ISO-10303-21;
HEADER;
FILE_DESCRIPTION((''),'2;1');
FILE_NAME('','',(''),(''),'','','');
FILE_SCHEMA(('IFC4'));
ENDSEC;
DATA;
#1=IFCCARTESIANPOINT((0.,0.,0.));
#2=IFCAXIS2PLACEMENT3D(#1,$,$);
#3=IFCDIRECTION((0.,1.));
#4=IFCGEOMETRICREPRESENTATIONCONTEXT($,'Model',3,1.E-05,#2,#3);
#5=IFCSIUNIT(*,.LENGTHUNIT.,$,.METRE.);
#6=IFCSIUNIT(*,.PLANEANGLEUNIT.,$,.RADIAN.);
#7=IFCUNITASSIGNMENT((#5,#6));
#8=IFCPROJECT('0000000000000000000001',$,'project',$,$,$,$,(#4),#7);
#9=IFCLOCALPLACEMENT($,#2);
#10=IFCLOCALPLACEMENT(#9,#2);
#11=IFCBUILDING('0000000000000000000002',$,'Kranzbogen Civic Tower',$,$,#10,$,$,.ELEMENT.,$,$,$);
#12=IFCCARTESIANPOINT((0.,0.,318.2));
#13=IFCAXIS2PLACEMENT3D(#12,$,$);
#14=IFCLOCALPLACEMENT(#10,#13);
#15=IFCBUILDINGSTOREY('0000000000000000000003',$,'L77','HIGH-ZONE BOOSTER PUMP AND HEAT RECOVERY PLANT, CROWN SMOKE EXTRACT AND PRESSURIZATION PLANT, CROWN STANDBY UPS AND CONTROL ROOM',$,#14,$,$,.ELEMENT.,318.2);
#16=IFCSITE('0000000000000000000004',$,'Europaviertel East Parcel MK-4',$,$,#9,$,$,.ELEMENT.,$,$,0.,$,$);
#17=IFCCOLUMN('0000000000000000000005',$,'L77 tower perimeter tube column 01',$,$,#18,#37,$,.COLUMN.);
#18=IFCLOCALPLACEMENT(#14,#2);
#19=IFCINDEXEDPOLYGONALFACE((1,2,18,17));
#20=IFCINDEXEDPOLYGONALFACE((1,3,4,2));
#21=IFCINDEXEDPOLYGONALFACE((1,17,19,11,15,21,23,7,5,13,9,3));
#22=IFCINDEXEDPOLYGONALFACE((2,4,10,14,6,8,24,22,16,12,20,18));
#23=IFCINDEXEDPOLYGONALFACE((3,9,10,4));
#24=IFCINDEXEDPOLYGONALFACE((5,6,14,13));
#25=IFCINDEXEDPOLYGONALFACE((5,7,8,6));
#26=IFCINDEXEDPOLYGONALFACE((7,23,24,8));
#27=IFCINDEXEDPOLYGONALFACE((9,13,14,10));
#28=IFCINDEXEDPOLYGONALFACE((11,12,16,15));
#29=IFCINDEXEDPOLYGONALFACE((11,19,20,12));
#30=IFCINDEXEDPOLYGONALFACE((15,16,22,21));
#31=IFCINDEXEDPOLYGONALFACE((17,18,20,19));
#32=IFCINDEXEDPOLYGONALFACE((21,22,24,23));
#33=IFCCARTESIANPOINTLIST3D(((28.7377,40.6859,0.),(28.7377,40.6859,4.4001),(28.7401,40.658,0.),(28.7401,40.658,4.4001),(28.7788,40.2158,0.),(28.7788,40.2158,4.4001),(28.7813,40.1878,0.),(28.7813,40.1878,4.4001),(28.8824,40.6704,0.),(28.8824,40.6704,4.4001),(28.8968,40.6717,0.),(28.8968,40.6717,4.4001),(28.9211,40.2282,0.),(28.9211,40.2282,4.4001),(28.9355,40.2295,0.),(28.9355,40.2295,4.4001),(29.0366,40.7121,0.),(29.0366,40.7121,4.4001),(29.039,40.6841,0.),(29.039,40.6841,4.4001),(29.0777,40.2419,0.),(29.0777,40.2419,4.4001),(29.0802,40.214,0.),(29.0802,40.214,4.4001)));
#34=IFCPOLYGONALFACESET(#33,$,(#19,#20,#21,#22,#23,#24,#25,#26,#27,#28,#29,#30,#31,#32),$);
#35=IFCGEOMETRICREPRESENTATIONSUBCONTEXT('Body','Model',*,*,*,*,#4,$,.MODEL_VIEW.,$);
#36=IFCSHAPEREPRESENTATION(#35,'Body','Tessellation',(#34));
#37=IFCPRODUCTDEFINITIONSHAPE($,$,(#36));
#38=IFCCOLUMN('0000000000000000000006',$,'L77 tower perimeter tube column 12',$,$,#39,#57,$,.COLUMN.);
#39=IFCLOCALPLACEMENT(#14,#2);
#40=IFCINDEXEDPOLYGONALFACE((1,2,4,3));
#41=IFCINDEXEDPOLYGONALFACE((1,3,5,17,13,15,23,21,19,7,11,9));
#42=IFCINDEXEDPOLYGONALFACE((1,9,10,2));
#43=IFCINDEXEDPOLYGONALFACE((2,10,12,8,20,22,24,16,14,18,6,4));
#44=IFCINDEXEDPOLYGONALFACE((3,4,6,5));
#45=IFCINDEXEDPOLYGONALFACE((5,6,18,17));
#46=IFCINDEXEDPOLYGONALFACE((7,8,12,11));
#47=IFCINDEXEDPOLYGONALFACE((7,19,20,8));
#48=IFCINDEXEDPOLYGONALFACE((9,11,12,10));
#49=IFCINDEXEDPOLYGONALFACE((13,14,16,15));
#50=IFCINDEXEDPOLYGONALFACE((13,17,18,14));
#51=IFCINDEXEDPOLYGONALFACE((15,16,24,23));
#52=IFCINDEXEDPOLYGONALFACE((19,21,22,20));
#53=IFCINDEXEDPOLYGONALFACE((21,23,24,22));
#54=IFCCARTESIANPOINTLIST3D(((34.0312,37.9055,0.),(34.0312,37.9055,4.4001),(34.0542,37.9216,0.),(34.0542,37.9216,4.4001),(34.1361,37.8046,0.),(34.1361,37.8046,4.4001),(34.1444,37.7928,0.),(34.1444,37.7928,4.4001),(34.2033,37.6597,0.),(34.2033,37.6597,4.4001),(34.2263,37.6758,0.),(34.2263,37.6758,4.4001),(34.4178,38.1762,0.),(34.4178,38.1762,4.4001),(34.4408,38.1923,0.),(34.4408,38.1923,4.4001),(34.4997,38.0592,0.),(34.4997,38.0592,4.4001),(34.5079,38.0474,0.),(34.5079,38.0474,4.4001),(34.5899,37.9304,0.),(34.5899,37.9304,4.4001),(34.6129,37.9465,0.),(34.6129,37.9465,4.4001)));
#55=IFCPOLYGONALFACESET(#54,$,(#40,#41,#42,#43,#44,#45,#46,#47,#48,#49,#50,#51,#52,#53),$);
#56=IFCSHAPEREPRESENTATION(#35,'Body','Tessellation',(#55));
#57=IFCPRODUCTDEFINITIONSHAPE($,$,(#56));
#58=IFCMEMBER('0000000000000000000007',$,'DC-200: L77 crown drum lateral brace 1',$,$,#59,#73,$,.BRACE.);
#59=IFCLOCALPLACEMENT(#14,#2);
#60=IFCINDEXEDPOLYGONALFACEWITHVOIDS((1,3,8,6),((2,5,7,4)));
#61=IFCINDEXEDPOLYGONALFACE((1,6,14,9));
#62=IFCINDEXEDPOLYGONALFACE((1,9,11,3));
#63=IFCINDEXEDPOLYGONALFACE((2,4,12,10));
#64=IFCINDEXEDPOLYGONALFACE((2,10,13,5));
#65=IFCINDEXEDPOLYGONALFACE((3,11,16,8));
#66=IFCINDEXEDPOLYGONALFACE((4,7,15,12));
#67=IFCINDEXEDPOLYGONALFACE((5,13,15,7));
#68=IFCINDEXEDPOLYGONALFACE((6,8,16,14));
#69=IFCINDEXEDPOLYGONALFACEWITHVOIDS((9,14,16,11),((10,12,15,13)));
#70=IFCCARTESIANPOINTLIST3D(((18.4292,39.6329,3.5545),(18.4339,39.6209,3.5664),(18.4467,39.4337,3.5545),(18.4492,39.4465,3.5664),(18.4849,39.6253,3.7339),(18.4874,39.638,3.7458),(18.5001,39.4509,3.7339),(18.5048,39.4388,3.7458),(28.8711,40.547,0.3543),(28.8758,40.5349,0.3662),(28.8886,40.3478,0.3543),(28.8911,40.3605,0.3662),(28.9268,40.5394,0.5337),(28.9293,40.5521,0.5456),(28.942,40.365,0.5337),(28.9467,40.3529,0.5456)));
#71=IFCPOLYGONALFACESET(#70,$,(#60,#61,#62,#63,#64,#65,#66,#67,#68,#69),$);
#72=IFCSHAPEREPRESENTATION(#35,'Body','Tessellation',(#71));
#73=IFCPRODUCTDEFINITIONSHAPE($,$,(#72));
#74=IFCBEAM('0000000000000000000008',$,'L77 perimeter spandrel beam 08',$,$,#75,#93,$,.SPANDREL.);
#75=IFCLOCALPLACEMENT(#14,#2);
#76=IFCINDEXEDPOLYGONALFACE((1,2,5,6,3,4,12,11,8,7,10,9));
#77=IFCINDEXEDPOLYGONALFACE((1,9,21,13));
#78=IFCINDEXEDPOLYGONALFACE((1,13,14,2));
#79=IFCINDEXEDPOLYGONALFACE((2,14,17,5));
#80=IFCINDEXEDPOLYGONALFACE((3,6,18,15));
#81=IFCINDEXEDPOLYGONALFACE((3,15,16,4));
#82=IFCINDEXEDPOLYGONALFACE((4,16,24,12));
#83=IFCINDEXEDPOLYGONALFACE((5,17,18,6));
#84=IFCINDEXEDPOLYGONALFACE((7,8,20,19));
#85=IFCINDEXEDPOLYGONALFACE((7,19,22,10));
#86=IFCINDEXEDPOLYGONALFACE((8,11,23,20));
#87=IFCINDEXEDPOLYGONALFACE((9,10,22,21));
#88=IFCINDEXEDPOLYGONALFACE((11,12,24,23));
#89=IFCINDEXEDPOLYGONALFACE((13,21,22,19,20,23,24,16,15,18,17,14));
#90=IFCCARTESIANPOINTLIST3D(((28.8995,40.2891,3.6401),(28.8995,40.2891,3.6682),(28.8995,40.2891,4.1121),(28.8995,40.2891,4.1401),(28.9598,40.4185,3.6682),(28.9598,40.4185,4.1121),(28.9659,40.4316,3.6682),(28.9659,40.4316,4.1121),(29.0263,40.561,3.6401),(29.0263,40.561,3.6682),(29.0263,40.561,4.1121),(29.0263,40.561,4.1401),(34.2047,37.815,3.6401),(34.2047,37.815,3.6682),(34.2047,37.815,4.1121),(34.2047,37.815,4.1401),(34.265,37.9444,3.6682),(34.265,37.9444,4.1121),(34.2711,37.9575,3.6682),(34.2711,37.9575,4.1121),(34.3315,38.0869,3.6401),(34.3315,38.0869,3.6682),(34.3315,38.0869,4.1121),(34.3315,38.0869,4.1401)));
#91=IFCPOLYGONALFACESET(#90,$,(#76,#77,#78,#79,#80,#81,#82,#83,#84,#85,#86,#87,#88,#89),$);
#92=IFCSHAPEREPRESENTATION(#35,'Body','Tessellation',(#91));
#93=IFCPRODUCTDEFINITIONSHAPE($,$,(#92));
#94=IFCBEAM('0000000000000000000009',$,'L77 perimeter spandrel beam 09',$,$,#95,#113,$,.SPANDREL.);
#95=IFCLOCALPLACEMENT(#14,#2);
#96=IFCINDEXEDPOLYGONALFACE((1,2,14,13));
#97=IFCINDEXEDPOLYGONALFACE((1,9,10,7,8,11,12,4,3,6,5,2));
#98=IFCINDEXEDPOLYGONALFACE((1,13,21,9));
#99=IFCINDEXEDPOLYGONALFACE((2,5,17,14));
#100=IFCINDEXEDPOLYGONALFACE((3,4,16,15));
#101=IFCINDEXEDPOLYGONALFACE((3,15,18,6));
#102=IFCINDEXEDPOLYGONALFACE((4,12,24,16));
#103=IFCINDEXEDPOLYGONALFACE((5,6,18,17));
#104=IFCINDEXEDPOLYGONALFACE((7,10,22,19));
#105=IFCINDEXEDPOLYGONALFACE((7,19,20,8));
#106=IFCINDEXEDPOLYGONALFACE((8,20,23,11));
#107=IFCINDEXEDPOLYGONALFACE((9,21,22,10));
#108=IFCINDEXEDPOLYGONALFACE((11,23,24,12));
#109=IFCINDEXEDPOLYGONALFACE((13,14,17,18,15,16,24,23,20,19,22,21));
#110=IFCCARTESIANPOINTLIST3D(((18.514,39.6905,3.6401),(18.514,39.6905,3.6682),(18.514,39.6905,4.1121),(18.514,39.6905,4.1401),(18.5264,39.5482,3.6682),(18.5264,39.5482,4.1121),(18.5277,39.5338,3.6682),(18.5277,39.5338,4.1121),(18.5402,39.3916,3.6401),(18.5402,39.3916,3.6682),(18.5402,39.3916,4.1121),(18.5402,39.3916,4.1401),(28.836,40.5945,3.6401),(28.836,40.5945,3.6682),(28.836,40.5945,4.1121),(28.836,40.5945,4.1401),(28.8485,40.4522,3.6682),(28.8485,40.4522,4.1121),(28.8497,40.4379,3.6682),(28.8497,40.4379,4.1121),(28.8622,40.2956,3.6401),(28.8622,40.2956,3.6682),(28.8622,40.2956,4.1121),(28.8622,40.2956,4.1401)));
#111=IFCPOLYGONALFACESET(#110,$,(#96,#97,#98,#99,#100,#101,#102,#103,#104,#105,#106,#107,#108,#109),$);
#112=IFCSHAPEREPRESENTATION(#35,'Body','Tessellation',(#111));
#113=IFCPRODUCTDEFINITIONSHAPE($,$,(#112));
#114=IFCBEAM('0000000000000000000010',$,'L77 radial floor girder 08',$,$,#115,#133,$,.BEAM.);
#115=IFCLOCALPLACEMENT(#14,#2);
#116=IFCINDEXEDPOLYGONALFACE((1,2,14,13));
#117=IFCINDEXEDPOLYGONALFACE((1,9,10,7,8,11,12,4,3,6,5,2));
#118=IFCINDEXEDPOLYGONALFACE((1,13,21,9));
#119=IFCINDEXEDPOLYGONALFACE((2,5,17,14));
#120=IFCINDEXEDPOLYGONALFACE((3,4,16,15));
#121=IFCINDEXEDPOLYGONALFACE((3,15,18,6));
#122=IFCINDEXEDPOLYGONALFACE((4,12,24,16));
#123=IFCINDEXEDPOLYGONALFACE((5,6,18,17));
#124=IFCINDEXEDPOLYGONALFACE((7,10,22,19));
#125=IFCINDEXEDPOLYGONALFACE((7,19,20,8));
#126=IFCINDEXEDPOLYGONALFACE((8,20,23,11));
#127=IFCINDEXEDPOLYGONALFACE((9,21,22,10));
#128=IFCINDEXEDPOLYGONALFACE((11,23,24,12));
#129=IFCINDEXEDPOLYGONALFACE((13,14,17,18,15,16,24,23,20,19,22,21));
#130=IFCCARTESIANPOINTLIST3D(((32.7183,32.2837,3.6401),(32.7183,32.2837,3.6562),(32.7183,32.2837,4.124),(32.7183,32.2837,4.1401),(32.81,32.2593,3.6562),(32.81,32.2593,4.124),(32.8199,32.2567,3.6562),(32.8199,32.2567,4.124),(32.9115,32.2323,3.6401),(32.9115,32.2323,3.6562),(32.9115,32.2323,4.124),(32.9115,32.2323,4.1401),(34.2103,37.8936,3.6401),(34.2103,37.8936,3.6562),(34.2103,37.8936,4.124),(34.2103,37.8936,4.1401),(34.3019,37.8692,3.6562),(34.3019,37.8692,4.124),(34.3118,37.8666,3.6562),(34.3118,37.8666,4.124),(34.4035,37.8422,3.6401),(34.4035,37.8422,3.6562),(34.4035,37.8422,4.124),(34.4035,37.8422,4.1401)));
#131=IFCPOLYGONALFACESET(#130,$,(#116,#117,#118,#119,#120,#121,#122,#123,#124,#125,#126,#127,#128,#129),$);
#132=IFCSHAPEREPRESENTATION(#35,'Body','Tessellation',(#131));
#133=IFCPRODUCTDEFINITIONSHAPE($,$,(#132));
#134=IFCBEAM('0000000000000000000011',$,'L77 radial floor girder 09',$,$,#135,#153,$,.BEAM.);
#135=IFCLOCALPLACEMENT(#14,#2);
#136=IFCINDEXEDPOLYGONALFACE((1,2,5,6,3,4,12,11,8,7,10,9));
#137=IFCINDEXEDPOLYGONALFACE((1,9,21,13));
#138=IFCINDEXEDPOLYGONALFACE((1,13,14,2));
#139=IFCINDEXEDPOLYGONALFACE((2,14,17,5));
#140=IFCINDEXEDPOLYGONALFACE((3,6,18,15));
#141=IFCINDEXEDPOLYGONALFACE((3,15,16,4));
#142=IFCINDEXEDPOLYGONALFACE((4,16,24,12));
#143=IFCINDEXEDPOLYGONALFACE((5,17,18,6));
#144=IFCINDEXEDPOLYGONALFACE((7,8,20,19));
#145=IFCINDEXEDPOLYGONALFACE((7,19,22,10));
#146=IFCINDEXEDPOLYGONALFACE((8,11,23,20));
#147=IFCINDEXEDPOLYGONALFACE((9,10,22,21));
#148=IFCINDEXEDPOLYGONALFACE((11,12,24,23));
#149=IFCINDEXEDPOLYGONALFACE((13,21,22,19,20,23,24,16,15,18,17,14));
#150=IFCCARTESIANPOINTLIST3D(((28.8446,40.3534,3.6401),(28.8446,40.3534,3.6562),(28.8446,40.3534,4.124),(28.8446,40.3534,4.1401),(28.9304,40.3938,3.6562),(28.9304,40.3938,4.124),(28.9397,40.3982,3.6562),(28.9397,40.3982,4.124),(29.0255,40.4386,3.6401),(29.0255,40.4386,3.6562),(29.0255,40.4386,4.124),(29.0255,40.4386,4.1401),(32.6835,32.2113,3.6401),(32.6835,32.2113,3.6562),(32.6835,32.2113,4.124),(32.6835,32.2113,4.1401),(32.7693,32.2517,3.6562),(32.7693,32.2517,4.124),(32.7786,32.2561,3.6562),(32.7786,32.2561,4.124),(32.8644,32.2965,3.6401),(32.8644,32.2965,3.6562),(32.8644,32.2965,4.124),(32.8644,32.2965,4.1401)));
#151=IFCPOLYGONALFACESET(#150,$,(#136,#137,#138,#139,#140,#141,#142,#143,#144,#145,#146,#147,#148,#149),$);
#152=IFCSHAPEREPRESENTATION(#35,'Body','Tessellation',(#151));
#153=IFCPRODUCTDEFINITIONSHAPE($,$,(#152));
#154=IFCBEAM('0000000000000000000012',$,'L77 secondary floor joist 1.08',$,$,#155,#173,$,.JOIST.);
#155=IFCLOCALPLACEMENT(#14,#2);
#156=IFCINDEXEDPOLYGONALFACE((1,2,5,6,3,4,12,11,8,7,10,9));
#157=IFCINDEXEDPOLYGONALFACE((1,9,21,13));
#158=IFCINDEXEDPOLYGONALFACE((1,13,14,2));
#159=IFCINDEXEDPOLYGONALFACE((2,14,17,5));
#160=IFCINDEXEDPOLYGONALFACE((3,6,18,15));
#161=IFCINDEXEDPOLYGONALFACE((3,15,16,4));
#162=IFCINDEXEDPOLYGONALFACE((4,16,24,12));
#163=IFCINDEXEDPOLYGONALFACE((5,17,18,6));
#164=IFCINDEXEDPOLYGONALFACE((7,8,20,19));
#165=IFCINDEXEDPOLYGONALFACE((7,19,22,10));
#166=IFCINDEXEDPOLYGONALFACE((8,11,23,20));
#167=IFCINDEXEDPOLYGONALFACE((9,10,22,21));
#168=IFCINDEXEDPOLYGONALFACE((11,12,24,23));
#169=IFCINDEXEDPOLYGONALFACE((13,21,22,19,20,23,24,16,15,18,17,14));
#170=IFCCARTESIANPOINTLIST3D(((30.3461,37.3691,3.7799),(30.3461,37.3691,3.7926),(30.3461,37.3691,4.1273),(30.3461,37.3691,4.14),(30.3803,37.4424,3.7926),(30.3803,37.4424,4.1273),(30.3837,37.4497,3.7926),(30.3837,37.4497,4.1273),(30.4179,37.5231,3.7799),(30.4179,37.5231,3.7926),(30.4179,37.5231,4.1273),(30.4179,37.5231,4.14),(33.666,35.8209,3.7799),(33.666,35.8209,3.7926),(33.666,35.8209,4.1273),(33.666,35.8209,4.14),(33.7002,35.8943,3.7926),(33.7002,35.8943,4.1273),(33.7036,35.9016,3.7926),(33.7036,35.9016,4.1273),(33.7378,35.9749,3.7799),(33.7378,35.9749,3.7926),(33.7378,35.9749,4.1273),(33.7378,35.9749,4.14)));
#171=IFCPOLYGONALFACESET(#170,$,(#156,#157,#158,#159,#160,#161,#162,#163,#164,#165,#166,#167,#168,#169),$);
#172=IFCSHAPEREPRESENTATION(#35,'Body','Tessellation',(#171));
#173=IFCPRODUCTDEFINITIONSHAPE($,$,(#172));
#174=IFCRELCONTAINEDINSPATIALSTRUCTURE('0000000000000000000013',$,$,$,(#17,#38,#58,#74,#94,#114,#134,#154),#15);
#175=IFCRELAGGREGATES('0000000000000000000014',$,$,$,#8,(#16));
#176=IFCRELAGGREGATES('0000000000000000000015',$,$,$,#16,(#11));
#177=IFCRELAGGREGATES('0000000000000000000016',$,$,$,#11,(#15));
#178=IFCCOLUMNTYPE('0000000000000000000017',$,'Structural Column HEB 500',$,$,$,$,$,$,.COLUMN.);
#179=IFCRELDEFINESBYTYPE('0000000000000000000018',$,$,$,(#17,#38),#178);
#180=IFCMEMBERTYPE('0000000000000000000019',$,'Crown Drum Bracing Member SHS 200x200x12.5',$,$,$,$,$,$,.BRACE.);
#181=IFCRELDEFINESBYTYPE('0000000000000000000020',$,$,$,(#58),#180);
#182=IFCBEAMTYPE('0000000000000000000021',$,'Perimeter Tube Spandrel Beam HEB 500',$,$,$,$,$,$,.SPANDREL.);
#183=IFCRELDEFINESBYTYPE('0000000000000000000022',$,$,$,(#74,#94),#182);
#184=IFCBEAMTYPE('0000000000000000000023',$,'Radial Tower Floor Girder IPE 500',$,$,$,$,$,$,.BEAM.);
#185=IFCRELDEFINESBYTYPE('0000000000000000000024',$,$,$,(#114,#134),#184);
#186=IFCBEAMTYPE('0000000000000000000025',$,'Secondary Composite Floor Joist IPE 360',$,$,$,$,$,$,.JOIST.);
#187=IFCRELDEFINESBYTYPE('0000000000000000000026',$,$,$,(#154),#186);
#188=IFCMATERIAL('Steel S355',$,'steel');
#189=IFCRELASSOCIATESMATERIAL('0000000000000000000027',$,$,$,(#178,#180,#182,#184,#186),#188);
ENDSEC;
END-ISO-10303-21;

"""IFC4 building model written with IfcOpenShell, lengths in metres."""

from ifc_helpers import new_model, si_unit, direction, frame, origin, origin_2d, place, context, subcontext, project, spatial, hollow_rectangle, i_section, extrude, material, material_profile, profile_set, type_object, element, save


model = new_model("IFC4")

# Units and contexts
model_context = context("Model", 3, precision=1e-05, world=origin(), true_north=direction((0.0, 1.0)))
body_context = subcontext(model_context, "Body", "Model", "MODEL_VIEW")
ifc_project = project(units=[si_unit("LENGTHUNIT", "METRE"), si_unit("PLANEANGLEUNIT", "RADIAN")], contexts=[model_context])

# Site, building, storey
site_placement = place(None, origin())
site = spatial("IfcSite", under=ifc_project, at=site_placement, Name="Europaviertel East Parcel MK-4", CompositionType="ELEMENT", RefElevation=0.0)
building_placement = place(site_placement, origin())
building = spatial("IfcBuilding", under=site, at=building_placement, Name="Kranzbogen Civic Tower", CompositionType="ELEMENT")
storey_placement = place(building_placement, frame((0.0, 0.0, 318.2)))
storey = spatial("IfcBuildingStorey", under=building, at=storey_placement, Name="L77", Description="HIGH-ZONE BOOSTER PUMP AND HEAT RECOVERY PLANT, CROWN SMOKE EXTRACT AND PRESSURIZATION PLANT, CROWN STANDBY UPS AND CONTROL ROOM", CompositionType="ELEMENT", Elevation=318.2)

# Columns
ifc_material_1 = material(Name="Steel S355", Category="steel")
ifc_material_profile_1 = material_profile(ifc_material_1, i_section(OverallWidth=0.3, OverallDepth=0.5, WebThickness=0.0144, FlangeThickness=0.0281, at=origin_2d()), Name="HEB 500")
ifc_profile_set_1 = profile_set([ifc_material_profile_1], Name="Steel S355")
column_type = type_object("IfcColumnType", Name="Structural Column HEB 500", PredefinedType="COLUMN", material=ifc_profile_set_1)
for number, where, z_axis, x_axis, name in (
    (1, (28.9089, 40.45, 0.0), (0.0, 0.0, 1.0), (0.996195, 0.087156, 0.0), "L77 tower perimeter tube column 01"),
    (2, (34.322, 37.926, 0.0), (0.0, 0.0, 1.0), (-0.573576, 0.819152, 0.0), "L77 tower perimeter tube column 12"),
):
    element("IfcColumn", number, at=place(storey_placement, frame(where, z_axis=z_axis, x_axis=x_axis)), inside=storey, type_object=column_type, Name=name, PredefinedType="COLUMN", context=body_context, shape_type="SweptSolid", body=[
        extrude(i_section(OverallWidth=0.3, OverallDepth=0.5, WebThickness=0.0144, FlangeThickness=0.0281, at=origin_2d()), origin(), (0.0, 0.0, 1.0), 4.4001),
    ])

# Member
ifc_material_profile_2 = material_profile(ifc_material_1, hollow_rectangle(XDim=0.2, YDim=0.2, WallThickness=0.0125, at=origin_2d()), Name="SHS 200x200x12.5")
ifc_profile_set_2 = profile_set([ifc_material_profile_2], Name="Steel S355")
member_type = type_object("IfcMemberType", Name="Crown Drum Bracing Member SHS 200x200x12.5", PredefinedType="BRACE", material=ifc_profile_set_2)
member_placement = place(storey_placement, frame((28.9089, 40.45, 0.45), z_axis=(-0.952774, -0.083404, 0.292003), x_axis=(0.087205, -0.99619, 0.0)))
element("IfcMember", 3, at=member_placement, inside=storey, type_object=member_type, Name="DC-200: L77 crown drum lateral brace 1", PredefinedType="BRACE", context=body_context, shape_type="SweptSolid", body=[
    extrude(hollow_rectangle(XDim=0.2, YDim=0.2, WallThickness=0.0125, at=origin_2d()), origin(), (0.0, 0.0, 1.0), 10.9595),
])

# Beams
ifc_material_profile_3 = material_profile(ifc_material_1, i_section(OverallWidth=0.3, OverallDepth=0.5, WebThickness=0.0144, FlangeThickness=0.0281, at=origin_2d()), Name="HEB 500")
ifc_profile_set_3 = profile_set([ifc_material_profile_3], Name="Steel S355")
beam_type_1 = type_object("IfcBeamType", Name="Perimeter Tube Spandrel Beam HEB 500", PredefinedType="SPANDREL", material=ifc_profile_set_3)
beam_1_placement = place(storey_placement, frame((34.2681, 37.9509, 3.8901), z_axis=(-0.90629, 0.422657, 0.0), x_axis=(-0.422657, -0.90629, 0.0)))
element("IfcBeam", 4, at=beam_1_placement, inside=storey, type_object=beam_type_1, Name="L77 perimeter spandrel beam 08", PredefinedType="SPANDREL", context=body_context, shape_type="SweptSolid", body=[
    extrude(i_section(OverallWidth=0.3, OverallDepth=0.5, WebThickness=0.0144, FlangeThickness=0.0281, at=origin_2d()), origin(), (0.0, 0.0, 1.0), 5.8538),
])
beam_2_placement = place(storey_placement, frame((28.8491, 40.4451, 3.8901), z_axis=(-0.996186, -0.087251, 0.0), x_axis=(0.087251, -0.996186, 0.0)))
element("IfcBeam", 5, at=beam_2_placement, inside=storey, type_object=beam_type_1, Name="L77 perimeter spandrel beam 09", PredefinedType="SPANDREL", context=body_context, shape_type="SweptSolid", body=[
    extrude(i_section(OverallWidth=0.3, OverallDepth=0.5, WebThickness=0.0144, FlangeThickness=0.0281, at=origin_2d()), origin(), (0.0, 0.0, 1.0), 10.3616),
])
ifc_material_profile_4 = material_profile(ifc_material_1, i_section(OverallWidth=0.2, OverallDepth=0.5, WebThickness=0.0103, FlangeThickness=0.0161, at=origin_2d()), Name="IPE 500")
ifc_profile_set_4 = profile_set([ifc_material_profile_4], Name="Steel S355")
beam_type_2 = type_object("IfcBeamType", Name="Radial Tower Floor Girder IPE 500", PredefinedType="BEAM", material=ifc_profile_set_4)
beam_3_placement = place(storey_placement, frame((34.3069, 37.8679, 3.8901), z_axis=(-0.257016, -0.966407, 0.0), x_axis=(0.966407, -0.257016, 0.0)))
element("IfcBeam", 6, at=beam_3_placement, inside=storey, type_object=beam_type_2, Name="L77 radial floor girder 08", PredefinedType="BEAM", context=body_context, shape_type="SweptSolid", body=[
    extrude(i_section(OverallWidth=0.2, OverallDepth=0.5, WebThickness=0.0103, FlangeThickness=0.0161, at=origin_2d()), origin(), (0.0, 0.0, 1.0), 5.8049),
])
beam_4_placement = place(storey_placement, frame((28.9351, 40.396, 3.8901), z_axis=(0.42646, -0.904506, 0.0), x_axis=(0.904506, 0.42646, 0.0)))
element("IfcBeam", 7, at=beam_4_placement, inside=storey, type_object=beam_type_2, Name="L77 radial floor girder 09", PredefinedType="BEAM", context=body_context, shape_type="SweptSolid", body=[
    extrude(i_section(OverallWidth=0.2, OverallDepth=0.5, WebThickness=0.0103, FlangeThickness=0.0161, at=origin_2d()), origin(), (0.0, 0.0, 1.0), 9.0017),
])
ifc_material_profile_5 = material_profile(ifc_material_1, i_section(OverallWidth=0.1699, OverallDepth=0.3601, WebThickness=0.0081, FlangeThickness=0.0127, at=origin_2d()), Name="IPE 360")
ifc_profile_set_5 = profile_set([ifc_material_profile_5], Name="Steel S355")
beam_type_3 = type_object("IfcBeamType", Name="Secondary Composite Floor Joist IPE 360", PredefinedType="JOIST", material=ifc_profile_set_5)
beam_5_placement = place(storey_placement, frame((33.7019, 35.8979, 3.96), z_axis=(-0.906304, 0.422626, 0.0), x_axis=(-0.422626, -0.906304, 0.0)))
element("IfcBeam", 8, at=beam_5_placement, inside=storey, type_object=beam_type_3, Name="L77 secondary floor joist 1.08", PredefinedType="JOIST", context=body_context, shape_type="SweptSolid", body=[
    extrude(i_section(OverallWidth=0.1699, OverallDepth=0.3601, WebThickness=0.0081, FlangeThickness=0.0127, at=origin_2d()), origin(), (0.0, 0.0, 1.0), 3.6631),
])

save(model, "model.ifc")
